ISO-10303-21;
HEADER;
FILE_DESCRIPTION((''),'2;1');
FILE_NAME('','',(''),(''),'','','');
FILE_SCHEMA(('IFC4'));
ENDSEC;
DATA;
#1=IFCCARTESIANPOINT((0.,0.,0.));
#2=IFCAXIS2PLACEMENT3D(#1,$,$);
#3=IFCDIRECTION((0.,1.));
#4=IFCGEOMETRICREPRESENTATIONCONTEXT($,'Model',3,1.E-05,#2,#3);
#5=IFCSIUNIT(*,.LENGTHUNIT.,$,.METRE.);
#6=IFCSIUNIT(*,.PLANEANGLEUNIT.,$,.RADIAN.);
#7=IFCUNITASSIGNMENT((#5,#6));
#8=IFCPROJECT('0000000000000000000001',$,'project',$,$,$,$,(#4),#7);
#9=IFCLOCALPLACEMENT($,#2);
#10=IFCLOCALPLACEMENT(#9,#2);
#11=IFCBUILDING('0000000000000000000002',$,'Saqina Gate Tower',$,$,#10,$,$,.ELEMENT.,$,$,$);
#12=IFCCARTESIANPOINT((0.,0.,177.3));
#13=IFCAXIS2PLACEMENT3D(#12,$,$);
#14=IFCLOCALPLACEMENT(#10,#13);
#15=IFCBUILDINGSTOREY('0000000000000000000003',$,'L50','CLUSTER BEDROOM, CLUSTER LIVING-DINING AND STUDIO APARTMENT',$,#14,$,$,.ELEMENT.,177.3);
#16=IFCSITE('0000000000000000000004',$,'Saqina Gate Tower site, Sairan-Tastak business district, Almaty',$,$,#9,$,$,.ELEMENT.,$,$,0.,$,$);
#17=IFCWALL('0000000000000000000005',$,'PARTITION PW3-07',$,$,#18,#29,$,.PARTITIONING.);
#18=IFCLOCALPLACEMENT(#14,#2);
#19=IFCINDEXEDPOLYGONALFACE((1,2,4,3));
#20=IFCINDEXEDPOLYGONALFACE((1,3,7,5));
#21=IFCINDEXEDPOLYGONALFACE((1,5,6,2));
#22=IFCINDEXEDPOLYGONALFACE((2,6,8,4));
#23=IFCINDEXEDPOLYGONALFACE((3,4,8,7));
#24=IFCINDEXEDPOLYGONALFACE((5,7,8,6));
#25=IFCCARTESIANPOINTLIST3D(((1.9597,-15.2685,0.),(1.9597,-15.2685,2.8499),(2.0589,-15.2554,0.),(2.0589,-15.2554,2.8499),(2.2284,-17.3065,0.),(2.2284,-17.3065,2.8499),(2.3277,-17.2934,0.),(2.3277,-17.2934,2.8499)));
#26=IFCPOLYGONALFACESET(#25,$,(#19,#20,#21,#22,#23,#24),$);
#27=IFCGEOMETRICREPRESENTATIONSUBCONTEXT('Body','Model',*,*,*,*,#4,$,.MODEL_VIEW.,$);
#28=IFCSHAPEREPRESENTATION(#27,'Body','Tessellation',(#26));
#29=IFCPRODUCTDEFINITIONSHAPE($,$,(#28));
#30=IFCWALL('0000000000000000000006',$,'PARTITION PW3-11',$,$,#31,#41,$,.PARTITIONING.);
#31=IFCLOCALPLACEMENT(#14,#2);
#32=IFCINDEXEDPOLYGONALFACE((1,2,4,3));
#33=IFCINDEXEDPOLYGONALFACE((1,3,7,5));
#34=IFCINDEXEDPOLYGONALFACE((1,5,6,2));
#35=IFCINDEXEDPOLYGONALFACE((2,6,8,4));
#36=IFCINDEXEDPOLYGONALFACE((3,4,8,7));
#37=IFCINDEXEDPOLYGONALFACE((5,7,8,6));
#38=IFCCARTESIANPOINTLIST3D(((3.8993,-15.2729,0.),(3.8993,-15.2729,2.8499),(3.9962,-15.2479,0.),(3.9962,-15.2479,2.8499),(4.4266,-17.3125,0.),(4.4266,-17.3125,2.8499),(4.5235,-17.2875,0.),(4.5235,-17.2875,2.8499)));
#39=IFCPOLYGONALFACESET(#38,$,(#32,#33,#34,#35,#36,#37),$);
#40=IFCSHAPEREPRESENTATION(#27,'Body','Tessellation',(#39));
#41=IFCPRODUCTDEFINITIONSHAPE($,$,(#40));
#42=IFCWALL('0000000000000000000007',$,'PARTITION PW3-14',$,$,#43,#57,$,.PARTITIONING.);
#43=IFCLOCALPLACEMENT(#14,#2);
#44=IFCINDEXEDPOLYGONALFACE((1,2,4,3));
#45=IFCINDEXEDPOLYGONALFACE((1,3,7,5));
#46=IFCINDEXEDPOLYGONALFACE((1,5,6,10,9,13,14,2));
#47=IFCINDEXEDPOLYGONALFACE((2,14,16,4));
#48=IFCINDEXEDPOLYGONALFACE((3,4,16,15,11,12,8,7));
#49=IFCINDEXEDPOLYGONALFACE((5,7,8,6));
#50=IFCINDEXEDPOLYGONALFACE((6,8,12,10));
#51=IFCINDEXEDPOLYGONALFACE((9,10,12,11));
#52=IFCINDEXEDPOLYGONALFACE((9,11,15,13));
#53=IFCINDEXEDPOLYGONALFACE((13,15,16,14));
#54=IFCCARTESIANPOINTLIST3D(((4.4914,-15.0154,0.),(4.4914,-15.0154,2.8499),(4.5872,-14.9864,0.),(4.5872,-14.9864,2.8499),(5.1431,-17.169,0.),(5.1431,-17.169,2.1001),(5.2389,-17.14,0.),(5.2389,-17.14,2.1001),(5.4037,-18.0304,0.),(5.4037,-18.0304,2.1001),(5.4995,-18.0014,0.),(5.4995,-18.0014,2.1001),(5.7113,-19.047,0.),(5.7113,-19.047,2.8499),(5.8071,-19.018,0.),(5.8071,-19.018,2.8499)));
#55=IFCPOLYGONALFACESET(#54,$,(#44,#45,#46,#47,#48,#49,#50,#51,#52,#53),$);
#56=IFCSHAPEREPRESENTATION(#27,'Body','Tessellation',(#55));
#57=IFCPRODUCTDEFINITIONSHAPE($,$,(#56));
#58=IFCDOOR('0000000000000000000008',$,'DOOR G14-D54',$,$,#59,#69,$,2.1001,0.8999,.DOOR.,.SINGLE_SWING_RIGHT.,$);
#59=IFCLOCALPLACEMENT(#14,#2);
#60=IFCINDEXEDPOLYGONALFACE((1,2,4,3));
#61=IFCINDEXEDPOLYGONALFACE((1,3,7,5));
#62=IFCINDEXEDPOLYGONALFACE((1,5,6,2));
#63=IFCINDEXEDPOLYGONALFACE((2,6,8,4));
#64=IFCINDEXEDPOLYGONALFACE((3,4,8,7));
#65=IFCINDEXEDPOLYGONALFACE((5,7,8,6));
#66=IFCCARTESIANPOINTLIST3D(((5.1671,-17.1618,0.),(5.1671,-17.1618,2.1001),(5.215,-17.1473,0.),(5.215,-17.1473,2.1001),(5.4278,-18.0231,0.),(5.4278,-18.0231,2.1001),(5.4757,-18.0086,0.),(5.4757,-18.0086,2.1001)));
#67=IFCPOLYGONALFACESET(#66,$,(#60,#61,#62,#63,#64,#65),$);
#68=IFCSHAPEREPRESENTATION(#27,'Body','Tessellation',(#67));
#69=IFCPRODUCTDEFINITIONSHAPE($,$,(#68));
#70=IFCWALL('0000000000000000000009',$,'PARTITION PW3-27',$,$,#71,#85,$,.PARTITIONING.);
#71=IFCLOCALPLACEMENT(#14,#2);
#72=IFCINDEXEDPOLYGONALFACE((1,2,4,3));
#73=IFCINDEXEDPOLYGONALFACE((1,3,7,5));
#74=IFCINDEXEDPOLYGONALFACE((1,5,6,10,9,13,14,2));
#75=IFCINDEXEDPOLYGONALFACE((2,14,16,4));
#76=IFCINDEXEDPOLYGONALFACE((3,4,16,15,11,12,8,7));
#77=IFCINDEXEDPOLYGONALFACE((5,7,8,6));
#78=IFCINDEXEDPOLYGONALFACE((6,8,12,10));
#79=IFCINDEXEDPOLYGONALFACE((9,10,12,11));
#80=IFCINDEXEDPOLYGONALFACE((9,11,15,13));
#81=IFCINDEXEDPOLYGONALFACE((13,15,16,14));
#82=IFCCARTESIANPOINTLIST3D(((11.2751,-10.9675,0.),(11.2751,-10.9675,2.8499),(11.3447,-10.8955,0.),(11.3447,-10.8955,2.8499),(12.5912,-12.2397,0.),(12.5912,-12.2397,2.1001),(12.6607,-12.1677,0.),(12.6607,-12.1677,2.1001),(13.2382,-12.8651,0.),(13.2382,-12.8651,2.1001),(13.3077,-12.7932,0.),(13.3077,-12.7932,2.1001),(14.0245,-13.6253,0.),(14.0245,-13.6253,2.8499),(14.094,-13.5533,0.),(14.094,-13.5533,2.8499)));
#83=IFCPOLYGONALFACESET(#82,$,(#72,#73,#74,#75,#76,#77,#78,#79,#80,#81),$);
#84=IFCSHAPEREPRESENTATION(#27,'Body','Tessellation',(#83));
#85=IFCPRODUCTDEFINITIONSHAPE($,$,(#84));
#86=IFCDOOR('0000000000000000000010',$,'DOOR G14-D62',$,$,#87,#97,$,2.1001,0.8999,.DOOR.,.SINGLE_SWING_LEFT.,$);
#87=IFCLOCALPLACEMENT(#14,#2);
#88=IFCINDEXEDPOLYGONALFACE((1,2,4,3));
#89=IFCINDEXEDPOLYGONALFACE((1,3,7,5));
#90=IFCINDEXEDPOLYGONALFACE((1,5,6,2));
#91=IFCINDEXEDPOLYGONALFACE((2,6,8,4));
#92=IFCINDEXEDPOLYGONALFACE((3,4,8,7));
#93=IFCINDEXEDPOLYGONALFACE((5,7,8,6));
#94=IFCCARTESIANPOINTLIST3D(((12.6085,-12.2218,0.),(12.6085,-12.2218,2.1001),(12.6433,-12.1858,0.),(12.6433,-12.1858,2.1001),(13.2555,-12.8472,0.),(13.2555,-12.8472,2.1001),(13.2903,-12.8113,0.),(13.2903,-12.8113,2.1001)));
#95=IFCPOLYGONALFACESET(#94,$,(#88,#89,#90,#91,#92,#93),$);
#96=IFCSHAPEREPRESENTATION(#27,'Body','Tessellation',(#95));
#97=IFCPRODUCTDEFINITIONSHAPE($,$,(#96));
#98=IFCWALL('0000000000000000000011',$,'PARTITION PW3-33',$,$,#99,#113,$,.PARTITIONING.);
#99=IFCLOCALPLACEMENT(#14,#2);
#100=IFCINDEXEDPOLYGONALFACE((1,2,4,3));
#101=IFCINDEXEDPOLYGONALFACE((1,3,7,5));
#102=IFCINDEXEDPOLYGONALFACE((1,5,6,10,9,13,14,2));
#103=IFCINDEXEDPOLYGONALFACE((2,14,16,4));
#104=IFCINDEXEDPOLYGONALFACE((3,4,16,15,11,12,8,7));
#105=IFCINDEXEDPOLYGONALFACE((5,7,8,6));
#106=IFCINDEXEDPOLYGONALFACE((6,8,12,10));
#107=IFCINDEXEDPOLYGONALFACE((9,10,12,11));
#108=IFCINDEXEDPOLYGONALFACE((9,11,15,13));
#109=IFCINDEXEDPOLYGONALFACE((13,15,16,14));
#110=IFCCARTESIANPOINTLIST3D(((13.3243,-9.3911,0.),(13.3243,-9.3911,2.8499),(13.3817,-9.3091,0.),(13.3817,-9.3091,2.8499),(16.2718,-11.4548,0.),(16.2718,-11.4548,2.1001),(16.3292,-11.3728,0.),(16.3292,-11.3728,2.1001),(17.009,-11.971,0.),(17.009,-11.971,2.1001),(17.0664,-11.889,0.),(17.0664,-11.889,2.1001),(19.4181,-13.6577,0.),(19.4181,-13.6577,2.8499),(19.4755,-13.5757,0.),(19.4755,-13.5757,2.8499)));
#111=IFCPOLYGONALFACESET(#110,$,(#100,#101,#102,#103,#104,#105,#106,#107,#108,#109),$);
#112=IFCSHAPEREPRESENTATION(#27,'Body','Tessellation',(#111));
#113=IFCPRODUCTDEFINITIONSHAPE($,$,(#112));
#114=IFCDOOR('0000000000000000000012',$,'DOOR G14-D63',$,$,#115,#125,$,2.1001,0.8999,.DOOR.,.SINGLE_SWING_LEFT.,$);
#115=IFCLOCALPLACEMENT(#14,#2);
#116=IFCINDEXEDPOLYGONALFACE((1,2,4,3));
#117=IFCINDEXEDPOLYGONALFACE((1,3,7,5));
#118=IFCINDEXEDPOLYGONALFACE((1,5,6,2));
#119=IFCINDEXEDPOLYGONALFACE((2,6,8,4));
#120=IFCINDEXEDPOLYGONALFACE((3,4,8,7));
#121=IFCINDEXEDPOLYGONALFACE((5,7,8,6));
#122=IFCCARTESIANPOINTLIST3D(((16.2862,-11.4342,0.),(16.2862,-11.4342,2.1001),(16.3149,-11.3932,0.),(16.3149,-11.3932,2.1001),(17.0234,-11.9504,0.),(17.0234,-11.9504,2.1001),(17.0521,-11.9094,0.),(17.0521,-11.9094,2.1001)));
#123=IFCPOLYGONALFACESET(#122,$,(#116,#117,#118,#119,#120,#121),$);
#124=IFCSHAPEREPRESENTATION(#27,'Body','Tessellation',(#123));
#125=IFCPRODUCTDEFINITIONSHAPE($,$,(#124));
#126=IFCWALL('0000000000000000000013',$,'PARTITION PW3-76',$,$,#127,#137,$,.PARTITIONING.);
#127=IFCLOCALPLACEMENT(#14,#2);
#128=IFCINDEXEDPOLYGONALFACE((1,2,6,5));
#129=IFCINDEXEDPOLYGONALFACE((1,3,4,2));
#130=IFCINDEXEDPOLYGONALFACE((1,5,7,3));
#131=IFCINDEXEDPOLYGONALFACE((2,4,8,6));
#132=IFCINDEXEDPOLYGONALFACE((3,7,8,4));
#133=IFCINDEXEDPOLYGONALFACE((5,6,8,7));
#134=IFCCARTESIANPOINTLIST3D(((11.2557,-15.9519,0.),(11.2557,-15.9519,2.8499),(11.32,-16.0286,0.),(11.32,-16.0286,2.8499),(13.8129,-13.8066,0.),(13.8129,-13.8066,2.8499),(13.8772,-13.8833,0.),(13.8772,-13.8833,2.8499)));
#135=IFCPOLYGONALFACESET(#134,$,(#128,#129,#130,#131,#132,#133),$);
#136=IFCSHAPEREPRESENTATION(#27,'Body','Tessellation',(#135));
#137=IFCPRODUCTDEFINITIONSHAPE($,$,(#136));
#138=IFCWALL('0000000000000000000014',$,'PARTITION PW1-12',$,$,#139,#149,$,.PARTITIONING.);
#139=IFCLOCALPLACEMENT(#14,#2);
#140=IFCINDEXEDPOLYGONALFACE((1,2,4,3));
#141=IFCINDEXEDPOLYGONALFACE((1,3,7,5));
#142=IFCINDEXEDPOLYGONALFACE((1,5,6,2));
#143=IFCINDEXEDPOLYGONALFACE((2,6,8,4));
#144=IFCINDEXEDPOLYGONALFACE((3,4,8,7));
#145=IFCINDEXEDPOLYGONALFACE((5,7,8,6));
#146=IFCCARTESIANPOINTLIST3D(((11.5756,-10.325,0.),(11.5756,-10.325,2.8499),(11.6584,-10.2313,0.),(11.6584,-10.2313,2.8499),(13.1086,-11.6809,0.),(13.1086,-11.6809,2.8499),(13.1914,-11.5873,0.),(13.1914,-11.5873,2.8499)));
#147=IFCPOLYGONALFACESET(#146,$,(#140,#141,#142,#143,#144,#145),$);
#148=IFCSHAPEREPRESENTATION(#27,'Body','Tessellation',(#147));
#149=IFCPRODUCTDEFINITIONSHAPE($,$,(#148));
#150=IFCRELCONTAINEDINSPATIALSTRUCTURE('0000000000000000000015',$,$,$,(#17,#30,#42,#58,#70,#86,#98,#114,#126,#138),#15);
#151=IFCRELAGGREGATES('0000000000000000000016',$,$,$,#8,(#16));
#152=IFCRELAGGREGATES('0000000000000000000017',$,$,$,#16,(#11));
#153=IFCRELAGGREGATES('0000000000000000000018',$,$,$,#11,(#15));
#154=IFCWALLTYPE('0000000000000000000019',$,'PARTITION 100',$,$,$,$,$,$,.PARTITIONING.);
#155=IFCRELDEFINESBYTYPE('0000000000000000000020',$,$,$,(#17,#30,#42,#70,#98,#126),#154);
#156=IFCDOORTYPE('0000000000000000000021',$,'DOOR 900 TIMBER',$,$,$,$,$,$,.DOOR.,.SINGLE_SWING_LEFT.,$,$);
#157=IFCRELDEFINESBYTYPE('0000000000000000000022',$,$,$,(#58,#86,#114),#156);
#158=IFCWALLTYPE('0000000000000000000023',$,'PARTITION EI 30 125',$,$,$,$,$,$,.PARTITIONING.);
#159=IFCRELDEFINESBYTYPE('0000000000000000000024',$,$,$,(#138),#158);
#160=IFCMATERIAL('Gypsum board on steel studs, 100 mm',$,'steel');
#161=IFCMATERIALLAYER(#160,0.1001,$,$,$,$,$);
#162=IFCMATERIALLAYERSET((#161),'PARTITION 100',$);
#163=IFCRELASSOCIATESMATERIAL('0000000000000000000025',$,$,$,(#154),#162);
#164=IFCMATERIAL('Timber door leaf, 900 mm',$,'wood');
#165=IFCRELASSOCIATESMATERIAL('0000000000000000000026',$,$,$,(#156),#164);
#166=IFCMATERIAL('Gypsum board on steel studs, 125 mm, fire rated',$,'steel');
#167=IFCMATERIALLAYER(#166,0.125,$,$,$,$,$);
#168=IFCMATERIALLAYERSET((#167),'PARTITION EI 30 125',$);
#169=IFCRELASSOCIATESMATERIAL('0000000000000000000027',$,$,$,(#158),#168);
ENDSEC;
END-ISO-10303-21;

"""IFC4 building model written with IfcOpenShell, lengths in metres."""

from ifc_helpers import new_model, si_unit, direction, frame, frame_2d, origin, place, context, subcontext, project, spatial, rectangle, extrude, material, layer, layer_set, type_object, element, fill, save


model = new_model("IFC4")

# Units and contexts
model_context = context("Model", 3, precision=1e-05, world=origin(), true_north=direction((0.0, 1.0)))
body_context = subcontext(model_context, "Body", "Model", "MODEL_VIEW")
ifc_project = project(units=[si_unit("LENGTHUNIT", "METRE"), si_unit("PLANEANGLEUNIT", "RADIAN")], contexts=[model_context])

# Site, building, storey
site_placement = place(None, origin())
site = spatial("IfcSite", under=ifc_project, at=site_placement, Name="Saqina Gate Tower site, Sairan-Tastak business district, Almaty", CompositionType="ELEMENT", RefElevation=0.0)
building_placement = place(site_placement, origin())
building = spatial("IfcBuilding", under=site, at=building_placement, Name="Saqina Gate Tower", CompositionType="ELEMENT")
storey_placement = place(building_placement, frame((0.0, 0.0, 177.3)))
storey = spatial("IfcBuildingStorey", under=building, at=storey_placement, Name="L50", Description="CLUSTER BEDROOM, CLUSTER LIVING-DINING AND STUDIO APARTMENT", CompositionType="ELEMENT", Elevation=177.3)

# Walls
ifc_material_1 = material(Name="Gypsum board on steel studs, 100 mm", Category="steel")
ifc_layer_1 = layer(ifc_material_1, 0.1001)
ifc_layer_set_1 = layer_set([ifc_layer_1], Name="PARTITION 100")
wall_type_1 = type_object("IfcWallType", Name="PARTITION 100", PredefinedType="PARTITIONING", material=ifc_layer_set_1)
wall_1_placement = place(storey_placement, frame((2.0093, -15.262, 0.0), z_axis=(0.0, 0.0, 1.0), x_axis=(0.130756, -0.991415, 0.0)))
element("IfcWall", 1, at=wall_1_placement, inside=storey, type_object=wall_type_1, Name="PARTITION PW3-07", PredefinedType="PARTITIONING", context=body_context, shape_type="SweptSolid", body=[
    extrude(rectangle(XDim=2.0557, YDim=0.1001, at=frame_2d((1.0278, 0.0))), origin(), (0.0, 0.0, 1.0), 2.8499),
])
wall_2_placement = place(storey_placement, frame((3.9478, -15.2605, 0.0), z_axis=(0.0, 0.0, 1.0), x_axis=(0.250327, -0.968161, 0.0)))
element("IfcWall", 2, at=wall_2_placement, inside=storey, type_object=wall_type_1, Name="PARTITION PW3-11", PredefinedType="PARTITIONING", context=body_context, shape_type="SweptSolid", body=[
    extrude(rectangle(XDim=2.1067, YDim=0.1001, at=frame_2d((1.0532, 0.0))), origin(), (0.0, 0.0, 1.0), 2.8499),
])

# Walls, openings, doors
wall_3_placement = place(storey_placement, frame((4.5393, -15.001, 0.0), z_axis=(0.0, 0.0, 1.0), x_axis=(0.289623, -0.957141, 0.0)))
wall_3 = element("IfcWall", 3, at=wall_3_placement, inside=storey, type_object=wall_type_1, Name="PARTITION PW3-14", PredefinedType="PARTITIONING", context=body_context, shape_type="SweptSolid", body=[
    extrude(rectangle(XDim=4.2122, YDim=0.1001, at=frame_2d((2.106, 0.0))), origin(), (0.0, 0.0, 1.0), 2.8499),
])
opening_1_placement = place(wall_3_placement, frame((2.25, 0.0, 0.0)))
opening_1 = element("IfcOpeningElement", 4, at=opening_1_placement, cuts=wall_3, PredefinedType="OPENING", context=body_context, shape_type="SweptSolid", body=[
    extrude(rectangle(XDim=0.8999, YDim=2.1001, at=frame_2d((0.45, 1.05))), frame((0.0, 0.062, 0.0), z_axis=(0.0, -1.0, 0.0), x_axis=(1.0, 0.0, 0.0)), (0.0, 0.0, 1.0), 0.124),
])
ifc_material_2 = material(Name="Timber door leaf, 900 mm", Category="wood")
door_type_1 = type_object("IfcDoorType", Name="DOOR 900 TIMBER", OperationType="SINGLE_SWING_LEFT", PredefinedType="DOOR", material=ifc_material_2)
door_1_placement = place(opening_1_placement, frame((0.8999, 0.0, 0.0), z_axis=(0.0, 0.0, 1.0), x_axis=(-1.0, 0.0, 0.0)))
door_1 = element("IfcDoor", 5, at=door_1_placement, inside=storey, type_object=door_type_1, Name="DOOR G14-D54", OperationType="SINGLE_SWING_RIGHT", OverallHeight=2.1001, OverallWidth=0.8999, PredefinedType="DOOR", context=body_context, shape_type="SweptSolid", body=[
    extrude(rectangle(XDim=0.8999, YDim=2.1001, at=frame_2d((0.45, 1.05))), frame((0.0, 0.0249, 0.0), z_axis=(0.0, -1.0, 0.0), x_axis=(1.0, 0.0, 0.0)), (0.0, 0.0, 1.0), 0.05),
])
fill(opening_1, door_1)
wall_4_placement = place(storey_placement, frame((11.3098, -10.9314, 0.0), z_axis=(0.0, 0.0, 1.0), x_axis=(0.718977, -0.695034, 0.0)))
wall_4 = element("IfcWall", 6, at=wall_4_placement, inside=storey, type_object=wall_type_1, Name="PARTITION PW3-27", PredefinedType="PARTITIONING", context=body_context, shape_type="SweptSolid", body=[
    extrude(rectangle(XDim=3.824, YDim=0.1001, at=frame_2d((1.9121, 0.0))), origin(), (0.0, 0.0, 1.0), 2.8499),
])
opening_2_placement = place(wall_4_placement, frame((1.8306, 0.0, 0.0)))
opening_2 = element("IfcOpeningElement", 7, at=opening_2_placement, cuts=wall_4, PredefinedType="OPENING", context=body_context, shape_type="SweptSolid", body=[
    extrude(rectangle(XDim=0.8999, YDim=2.1001, at=frame_2d((0.45, 1.05))), frame((0.0, 0.062, 0.0), z_axis=(0.0, -1.0, 0.0), x_axis=(1.0, 0.0, 0.0)), (0.0, 0.0, 1.0), 0.124),
])
door_2_placement = place(opening_2_placement, origin())
door_2 = element("IfcDoor", 8, at=door_2_placement, inside=storey, type_object=door_type_1, Name="DOOR G14-D62", OperationType="SINGLE_SWING_LEFT", OverallHeight=2.1001, OverallWidth=0.8999, PredefinedType="DOOR", context=body_context, shape_type="SweptSolid", body=[
    extrude(rectangle(XDim=0.8999, YDim=2.1001, at=frame_2d((0.45, 1.05))), frame((0.0, 0.0249, 0.0), z_axis=(0.0, -1.0, 0.0), x_axis=(1.0, 0.0, 0.0)), (0.0, 0.0, 1.0), 0.05),
])
fill(opening_2, door_2)
wall_5_placement = place(storey_placement, frame((13.353, -9.3501, 0.0), z_axis=(0.0, 0.0, 1.0), x_axis=(0.81917, -0.57355, 0.0)))
wall_5 = element("IfcWall", 9, at=wall_5_placement, inside=storey, type_object=wall_type_1, Name="PARTITION PW3-33", PredefinedType="PARTITIONING", context=body_context, shape_type="SweptSolid", body=[
    extrude(rectangle(XDim=7.439, YDim=0.1001, at=frame_2d((3.7195, 0.0))), origin(), (0.0, 0.0, 1.0), 2.8499),
])
opening_3_placement = place(wall_5_placement, frame((3.5981, 0.0, 0.0)))
opening_3 = element("IfcOpeningElement", 10, at=opening_3_placement, cuts=wall_5, PredefinedType="OPENING", context=body_context, shape_type="SweptSolid", body=[
    extrude(rectangle(XDim=0.8999, YDim=2.1001, at=frame_2d((0.45, 1.05))), frame((0.0, 0.062, 0.0), z_axis=(0.0, -1.0, 0.0), x_axis=(1.0, 0.0, 0.0)), (0.0, 0.0, 1.0), 0.124),
])
door_3_placement = place(opening_3_placement, frame((0.8999, 0.0, 0.0), z_axis=(0.0, 0.0, 1.0), x_axis=(-1.0, 0.0, 0.0)))
door_3 = element("IfcDoor", 11, at=door_3_placement, inside=storey, type_object=door_type_1, Name="DOOR G14-D63", OperationType="SINGLE_SWING_LEFT", OverallHeight=2.1001, OverallWidth=0.8999, PredefinedType="DOOR", context=body_context, shape_type="SweptSolid", body=[
    extrude(rectangle(XDim=0.8999, YDim=2.1001, at=frame_2d((0.45, 1.05))), frame((0.0, 0.0249, 0.0), z_axis=(0.0, -1.0, 0.0), x_axis=(1.0, 0.0, 0.0)), (0.0, 0.0, 1.0), 0.05),
])
fill(opening_3, door_3)

# Walls
wall_6_placement = place(storey_placement, frame((11.2878, -15.9902, 0.0), z_axis=(0.0, 0.0, 1.0), x_axis=(0.766107, 0.642713, 0.0)))
element("IfcWall", 12, at=wall_6_placement, inside=storey, type_object=wall_type_1, Name="PARTITION PW3-76", PredefinedType="PARTITIONING", context=body_context, shape_type="SweptSolid", body=[
    extrude(rectangle(XDim=3.3379, YDim=0.1001, at=frame_2d((1.6689, 0.0))), origin(), (0.0, 0.0, 1.0), 2.8499),
])
ifc_material_3 = material(Name="Gypsum board on steel studs, 125 mm, fire rated", Category="steel")
ifc_layer_2 = layer(ifc_material_3, 0.125)
ifc_layer_set_2 = layer_set([ifc_layer_2], Name="PARTITION EI 30 125")
wall_type_2 = type_object("IfcWallType", Name="PARTITION EI 30 125", PredefinedType="PARTITIONING", material=ifc_layer_set_2)
wall_7_placement = place(storey_placement, frame((11.6169, -10.2781, 0.0), z_axis=(0.0, 0.0, 1.0), x_axis=(0.749026, -0.66254, 0.0)))
element("IfcWall", 13, at=wall_7_placement, inside=storey, type_object=wall_type_2, Name="PARTITION PW1-12", PredefinedType="PARTITIONING", context=body_context, shape_type="SweptSolid", body=[
    extrude(rectangle(XDim=2.0466, YDim=0.125, at=frame_2d((1.0234, 0.0))), origin(), (0.0, 0.0, 1.0), 2.8499),
])

save(model, "model.ifc")
